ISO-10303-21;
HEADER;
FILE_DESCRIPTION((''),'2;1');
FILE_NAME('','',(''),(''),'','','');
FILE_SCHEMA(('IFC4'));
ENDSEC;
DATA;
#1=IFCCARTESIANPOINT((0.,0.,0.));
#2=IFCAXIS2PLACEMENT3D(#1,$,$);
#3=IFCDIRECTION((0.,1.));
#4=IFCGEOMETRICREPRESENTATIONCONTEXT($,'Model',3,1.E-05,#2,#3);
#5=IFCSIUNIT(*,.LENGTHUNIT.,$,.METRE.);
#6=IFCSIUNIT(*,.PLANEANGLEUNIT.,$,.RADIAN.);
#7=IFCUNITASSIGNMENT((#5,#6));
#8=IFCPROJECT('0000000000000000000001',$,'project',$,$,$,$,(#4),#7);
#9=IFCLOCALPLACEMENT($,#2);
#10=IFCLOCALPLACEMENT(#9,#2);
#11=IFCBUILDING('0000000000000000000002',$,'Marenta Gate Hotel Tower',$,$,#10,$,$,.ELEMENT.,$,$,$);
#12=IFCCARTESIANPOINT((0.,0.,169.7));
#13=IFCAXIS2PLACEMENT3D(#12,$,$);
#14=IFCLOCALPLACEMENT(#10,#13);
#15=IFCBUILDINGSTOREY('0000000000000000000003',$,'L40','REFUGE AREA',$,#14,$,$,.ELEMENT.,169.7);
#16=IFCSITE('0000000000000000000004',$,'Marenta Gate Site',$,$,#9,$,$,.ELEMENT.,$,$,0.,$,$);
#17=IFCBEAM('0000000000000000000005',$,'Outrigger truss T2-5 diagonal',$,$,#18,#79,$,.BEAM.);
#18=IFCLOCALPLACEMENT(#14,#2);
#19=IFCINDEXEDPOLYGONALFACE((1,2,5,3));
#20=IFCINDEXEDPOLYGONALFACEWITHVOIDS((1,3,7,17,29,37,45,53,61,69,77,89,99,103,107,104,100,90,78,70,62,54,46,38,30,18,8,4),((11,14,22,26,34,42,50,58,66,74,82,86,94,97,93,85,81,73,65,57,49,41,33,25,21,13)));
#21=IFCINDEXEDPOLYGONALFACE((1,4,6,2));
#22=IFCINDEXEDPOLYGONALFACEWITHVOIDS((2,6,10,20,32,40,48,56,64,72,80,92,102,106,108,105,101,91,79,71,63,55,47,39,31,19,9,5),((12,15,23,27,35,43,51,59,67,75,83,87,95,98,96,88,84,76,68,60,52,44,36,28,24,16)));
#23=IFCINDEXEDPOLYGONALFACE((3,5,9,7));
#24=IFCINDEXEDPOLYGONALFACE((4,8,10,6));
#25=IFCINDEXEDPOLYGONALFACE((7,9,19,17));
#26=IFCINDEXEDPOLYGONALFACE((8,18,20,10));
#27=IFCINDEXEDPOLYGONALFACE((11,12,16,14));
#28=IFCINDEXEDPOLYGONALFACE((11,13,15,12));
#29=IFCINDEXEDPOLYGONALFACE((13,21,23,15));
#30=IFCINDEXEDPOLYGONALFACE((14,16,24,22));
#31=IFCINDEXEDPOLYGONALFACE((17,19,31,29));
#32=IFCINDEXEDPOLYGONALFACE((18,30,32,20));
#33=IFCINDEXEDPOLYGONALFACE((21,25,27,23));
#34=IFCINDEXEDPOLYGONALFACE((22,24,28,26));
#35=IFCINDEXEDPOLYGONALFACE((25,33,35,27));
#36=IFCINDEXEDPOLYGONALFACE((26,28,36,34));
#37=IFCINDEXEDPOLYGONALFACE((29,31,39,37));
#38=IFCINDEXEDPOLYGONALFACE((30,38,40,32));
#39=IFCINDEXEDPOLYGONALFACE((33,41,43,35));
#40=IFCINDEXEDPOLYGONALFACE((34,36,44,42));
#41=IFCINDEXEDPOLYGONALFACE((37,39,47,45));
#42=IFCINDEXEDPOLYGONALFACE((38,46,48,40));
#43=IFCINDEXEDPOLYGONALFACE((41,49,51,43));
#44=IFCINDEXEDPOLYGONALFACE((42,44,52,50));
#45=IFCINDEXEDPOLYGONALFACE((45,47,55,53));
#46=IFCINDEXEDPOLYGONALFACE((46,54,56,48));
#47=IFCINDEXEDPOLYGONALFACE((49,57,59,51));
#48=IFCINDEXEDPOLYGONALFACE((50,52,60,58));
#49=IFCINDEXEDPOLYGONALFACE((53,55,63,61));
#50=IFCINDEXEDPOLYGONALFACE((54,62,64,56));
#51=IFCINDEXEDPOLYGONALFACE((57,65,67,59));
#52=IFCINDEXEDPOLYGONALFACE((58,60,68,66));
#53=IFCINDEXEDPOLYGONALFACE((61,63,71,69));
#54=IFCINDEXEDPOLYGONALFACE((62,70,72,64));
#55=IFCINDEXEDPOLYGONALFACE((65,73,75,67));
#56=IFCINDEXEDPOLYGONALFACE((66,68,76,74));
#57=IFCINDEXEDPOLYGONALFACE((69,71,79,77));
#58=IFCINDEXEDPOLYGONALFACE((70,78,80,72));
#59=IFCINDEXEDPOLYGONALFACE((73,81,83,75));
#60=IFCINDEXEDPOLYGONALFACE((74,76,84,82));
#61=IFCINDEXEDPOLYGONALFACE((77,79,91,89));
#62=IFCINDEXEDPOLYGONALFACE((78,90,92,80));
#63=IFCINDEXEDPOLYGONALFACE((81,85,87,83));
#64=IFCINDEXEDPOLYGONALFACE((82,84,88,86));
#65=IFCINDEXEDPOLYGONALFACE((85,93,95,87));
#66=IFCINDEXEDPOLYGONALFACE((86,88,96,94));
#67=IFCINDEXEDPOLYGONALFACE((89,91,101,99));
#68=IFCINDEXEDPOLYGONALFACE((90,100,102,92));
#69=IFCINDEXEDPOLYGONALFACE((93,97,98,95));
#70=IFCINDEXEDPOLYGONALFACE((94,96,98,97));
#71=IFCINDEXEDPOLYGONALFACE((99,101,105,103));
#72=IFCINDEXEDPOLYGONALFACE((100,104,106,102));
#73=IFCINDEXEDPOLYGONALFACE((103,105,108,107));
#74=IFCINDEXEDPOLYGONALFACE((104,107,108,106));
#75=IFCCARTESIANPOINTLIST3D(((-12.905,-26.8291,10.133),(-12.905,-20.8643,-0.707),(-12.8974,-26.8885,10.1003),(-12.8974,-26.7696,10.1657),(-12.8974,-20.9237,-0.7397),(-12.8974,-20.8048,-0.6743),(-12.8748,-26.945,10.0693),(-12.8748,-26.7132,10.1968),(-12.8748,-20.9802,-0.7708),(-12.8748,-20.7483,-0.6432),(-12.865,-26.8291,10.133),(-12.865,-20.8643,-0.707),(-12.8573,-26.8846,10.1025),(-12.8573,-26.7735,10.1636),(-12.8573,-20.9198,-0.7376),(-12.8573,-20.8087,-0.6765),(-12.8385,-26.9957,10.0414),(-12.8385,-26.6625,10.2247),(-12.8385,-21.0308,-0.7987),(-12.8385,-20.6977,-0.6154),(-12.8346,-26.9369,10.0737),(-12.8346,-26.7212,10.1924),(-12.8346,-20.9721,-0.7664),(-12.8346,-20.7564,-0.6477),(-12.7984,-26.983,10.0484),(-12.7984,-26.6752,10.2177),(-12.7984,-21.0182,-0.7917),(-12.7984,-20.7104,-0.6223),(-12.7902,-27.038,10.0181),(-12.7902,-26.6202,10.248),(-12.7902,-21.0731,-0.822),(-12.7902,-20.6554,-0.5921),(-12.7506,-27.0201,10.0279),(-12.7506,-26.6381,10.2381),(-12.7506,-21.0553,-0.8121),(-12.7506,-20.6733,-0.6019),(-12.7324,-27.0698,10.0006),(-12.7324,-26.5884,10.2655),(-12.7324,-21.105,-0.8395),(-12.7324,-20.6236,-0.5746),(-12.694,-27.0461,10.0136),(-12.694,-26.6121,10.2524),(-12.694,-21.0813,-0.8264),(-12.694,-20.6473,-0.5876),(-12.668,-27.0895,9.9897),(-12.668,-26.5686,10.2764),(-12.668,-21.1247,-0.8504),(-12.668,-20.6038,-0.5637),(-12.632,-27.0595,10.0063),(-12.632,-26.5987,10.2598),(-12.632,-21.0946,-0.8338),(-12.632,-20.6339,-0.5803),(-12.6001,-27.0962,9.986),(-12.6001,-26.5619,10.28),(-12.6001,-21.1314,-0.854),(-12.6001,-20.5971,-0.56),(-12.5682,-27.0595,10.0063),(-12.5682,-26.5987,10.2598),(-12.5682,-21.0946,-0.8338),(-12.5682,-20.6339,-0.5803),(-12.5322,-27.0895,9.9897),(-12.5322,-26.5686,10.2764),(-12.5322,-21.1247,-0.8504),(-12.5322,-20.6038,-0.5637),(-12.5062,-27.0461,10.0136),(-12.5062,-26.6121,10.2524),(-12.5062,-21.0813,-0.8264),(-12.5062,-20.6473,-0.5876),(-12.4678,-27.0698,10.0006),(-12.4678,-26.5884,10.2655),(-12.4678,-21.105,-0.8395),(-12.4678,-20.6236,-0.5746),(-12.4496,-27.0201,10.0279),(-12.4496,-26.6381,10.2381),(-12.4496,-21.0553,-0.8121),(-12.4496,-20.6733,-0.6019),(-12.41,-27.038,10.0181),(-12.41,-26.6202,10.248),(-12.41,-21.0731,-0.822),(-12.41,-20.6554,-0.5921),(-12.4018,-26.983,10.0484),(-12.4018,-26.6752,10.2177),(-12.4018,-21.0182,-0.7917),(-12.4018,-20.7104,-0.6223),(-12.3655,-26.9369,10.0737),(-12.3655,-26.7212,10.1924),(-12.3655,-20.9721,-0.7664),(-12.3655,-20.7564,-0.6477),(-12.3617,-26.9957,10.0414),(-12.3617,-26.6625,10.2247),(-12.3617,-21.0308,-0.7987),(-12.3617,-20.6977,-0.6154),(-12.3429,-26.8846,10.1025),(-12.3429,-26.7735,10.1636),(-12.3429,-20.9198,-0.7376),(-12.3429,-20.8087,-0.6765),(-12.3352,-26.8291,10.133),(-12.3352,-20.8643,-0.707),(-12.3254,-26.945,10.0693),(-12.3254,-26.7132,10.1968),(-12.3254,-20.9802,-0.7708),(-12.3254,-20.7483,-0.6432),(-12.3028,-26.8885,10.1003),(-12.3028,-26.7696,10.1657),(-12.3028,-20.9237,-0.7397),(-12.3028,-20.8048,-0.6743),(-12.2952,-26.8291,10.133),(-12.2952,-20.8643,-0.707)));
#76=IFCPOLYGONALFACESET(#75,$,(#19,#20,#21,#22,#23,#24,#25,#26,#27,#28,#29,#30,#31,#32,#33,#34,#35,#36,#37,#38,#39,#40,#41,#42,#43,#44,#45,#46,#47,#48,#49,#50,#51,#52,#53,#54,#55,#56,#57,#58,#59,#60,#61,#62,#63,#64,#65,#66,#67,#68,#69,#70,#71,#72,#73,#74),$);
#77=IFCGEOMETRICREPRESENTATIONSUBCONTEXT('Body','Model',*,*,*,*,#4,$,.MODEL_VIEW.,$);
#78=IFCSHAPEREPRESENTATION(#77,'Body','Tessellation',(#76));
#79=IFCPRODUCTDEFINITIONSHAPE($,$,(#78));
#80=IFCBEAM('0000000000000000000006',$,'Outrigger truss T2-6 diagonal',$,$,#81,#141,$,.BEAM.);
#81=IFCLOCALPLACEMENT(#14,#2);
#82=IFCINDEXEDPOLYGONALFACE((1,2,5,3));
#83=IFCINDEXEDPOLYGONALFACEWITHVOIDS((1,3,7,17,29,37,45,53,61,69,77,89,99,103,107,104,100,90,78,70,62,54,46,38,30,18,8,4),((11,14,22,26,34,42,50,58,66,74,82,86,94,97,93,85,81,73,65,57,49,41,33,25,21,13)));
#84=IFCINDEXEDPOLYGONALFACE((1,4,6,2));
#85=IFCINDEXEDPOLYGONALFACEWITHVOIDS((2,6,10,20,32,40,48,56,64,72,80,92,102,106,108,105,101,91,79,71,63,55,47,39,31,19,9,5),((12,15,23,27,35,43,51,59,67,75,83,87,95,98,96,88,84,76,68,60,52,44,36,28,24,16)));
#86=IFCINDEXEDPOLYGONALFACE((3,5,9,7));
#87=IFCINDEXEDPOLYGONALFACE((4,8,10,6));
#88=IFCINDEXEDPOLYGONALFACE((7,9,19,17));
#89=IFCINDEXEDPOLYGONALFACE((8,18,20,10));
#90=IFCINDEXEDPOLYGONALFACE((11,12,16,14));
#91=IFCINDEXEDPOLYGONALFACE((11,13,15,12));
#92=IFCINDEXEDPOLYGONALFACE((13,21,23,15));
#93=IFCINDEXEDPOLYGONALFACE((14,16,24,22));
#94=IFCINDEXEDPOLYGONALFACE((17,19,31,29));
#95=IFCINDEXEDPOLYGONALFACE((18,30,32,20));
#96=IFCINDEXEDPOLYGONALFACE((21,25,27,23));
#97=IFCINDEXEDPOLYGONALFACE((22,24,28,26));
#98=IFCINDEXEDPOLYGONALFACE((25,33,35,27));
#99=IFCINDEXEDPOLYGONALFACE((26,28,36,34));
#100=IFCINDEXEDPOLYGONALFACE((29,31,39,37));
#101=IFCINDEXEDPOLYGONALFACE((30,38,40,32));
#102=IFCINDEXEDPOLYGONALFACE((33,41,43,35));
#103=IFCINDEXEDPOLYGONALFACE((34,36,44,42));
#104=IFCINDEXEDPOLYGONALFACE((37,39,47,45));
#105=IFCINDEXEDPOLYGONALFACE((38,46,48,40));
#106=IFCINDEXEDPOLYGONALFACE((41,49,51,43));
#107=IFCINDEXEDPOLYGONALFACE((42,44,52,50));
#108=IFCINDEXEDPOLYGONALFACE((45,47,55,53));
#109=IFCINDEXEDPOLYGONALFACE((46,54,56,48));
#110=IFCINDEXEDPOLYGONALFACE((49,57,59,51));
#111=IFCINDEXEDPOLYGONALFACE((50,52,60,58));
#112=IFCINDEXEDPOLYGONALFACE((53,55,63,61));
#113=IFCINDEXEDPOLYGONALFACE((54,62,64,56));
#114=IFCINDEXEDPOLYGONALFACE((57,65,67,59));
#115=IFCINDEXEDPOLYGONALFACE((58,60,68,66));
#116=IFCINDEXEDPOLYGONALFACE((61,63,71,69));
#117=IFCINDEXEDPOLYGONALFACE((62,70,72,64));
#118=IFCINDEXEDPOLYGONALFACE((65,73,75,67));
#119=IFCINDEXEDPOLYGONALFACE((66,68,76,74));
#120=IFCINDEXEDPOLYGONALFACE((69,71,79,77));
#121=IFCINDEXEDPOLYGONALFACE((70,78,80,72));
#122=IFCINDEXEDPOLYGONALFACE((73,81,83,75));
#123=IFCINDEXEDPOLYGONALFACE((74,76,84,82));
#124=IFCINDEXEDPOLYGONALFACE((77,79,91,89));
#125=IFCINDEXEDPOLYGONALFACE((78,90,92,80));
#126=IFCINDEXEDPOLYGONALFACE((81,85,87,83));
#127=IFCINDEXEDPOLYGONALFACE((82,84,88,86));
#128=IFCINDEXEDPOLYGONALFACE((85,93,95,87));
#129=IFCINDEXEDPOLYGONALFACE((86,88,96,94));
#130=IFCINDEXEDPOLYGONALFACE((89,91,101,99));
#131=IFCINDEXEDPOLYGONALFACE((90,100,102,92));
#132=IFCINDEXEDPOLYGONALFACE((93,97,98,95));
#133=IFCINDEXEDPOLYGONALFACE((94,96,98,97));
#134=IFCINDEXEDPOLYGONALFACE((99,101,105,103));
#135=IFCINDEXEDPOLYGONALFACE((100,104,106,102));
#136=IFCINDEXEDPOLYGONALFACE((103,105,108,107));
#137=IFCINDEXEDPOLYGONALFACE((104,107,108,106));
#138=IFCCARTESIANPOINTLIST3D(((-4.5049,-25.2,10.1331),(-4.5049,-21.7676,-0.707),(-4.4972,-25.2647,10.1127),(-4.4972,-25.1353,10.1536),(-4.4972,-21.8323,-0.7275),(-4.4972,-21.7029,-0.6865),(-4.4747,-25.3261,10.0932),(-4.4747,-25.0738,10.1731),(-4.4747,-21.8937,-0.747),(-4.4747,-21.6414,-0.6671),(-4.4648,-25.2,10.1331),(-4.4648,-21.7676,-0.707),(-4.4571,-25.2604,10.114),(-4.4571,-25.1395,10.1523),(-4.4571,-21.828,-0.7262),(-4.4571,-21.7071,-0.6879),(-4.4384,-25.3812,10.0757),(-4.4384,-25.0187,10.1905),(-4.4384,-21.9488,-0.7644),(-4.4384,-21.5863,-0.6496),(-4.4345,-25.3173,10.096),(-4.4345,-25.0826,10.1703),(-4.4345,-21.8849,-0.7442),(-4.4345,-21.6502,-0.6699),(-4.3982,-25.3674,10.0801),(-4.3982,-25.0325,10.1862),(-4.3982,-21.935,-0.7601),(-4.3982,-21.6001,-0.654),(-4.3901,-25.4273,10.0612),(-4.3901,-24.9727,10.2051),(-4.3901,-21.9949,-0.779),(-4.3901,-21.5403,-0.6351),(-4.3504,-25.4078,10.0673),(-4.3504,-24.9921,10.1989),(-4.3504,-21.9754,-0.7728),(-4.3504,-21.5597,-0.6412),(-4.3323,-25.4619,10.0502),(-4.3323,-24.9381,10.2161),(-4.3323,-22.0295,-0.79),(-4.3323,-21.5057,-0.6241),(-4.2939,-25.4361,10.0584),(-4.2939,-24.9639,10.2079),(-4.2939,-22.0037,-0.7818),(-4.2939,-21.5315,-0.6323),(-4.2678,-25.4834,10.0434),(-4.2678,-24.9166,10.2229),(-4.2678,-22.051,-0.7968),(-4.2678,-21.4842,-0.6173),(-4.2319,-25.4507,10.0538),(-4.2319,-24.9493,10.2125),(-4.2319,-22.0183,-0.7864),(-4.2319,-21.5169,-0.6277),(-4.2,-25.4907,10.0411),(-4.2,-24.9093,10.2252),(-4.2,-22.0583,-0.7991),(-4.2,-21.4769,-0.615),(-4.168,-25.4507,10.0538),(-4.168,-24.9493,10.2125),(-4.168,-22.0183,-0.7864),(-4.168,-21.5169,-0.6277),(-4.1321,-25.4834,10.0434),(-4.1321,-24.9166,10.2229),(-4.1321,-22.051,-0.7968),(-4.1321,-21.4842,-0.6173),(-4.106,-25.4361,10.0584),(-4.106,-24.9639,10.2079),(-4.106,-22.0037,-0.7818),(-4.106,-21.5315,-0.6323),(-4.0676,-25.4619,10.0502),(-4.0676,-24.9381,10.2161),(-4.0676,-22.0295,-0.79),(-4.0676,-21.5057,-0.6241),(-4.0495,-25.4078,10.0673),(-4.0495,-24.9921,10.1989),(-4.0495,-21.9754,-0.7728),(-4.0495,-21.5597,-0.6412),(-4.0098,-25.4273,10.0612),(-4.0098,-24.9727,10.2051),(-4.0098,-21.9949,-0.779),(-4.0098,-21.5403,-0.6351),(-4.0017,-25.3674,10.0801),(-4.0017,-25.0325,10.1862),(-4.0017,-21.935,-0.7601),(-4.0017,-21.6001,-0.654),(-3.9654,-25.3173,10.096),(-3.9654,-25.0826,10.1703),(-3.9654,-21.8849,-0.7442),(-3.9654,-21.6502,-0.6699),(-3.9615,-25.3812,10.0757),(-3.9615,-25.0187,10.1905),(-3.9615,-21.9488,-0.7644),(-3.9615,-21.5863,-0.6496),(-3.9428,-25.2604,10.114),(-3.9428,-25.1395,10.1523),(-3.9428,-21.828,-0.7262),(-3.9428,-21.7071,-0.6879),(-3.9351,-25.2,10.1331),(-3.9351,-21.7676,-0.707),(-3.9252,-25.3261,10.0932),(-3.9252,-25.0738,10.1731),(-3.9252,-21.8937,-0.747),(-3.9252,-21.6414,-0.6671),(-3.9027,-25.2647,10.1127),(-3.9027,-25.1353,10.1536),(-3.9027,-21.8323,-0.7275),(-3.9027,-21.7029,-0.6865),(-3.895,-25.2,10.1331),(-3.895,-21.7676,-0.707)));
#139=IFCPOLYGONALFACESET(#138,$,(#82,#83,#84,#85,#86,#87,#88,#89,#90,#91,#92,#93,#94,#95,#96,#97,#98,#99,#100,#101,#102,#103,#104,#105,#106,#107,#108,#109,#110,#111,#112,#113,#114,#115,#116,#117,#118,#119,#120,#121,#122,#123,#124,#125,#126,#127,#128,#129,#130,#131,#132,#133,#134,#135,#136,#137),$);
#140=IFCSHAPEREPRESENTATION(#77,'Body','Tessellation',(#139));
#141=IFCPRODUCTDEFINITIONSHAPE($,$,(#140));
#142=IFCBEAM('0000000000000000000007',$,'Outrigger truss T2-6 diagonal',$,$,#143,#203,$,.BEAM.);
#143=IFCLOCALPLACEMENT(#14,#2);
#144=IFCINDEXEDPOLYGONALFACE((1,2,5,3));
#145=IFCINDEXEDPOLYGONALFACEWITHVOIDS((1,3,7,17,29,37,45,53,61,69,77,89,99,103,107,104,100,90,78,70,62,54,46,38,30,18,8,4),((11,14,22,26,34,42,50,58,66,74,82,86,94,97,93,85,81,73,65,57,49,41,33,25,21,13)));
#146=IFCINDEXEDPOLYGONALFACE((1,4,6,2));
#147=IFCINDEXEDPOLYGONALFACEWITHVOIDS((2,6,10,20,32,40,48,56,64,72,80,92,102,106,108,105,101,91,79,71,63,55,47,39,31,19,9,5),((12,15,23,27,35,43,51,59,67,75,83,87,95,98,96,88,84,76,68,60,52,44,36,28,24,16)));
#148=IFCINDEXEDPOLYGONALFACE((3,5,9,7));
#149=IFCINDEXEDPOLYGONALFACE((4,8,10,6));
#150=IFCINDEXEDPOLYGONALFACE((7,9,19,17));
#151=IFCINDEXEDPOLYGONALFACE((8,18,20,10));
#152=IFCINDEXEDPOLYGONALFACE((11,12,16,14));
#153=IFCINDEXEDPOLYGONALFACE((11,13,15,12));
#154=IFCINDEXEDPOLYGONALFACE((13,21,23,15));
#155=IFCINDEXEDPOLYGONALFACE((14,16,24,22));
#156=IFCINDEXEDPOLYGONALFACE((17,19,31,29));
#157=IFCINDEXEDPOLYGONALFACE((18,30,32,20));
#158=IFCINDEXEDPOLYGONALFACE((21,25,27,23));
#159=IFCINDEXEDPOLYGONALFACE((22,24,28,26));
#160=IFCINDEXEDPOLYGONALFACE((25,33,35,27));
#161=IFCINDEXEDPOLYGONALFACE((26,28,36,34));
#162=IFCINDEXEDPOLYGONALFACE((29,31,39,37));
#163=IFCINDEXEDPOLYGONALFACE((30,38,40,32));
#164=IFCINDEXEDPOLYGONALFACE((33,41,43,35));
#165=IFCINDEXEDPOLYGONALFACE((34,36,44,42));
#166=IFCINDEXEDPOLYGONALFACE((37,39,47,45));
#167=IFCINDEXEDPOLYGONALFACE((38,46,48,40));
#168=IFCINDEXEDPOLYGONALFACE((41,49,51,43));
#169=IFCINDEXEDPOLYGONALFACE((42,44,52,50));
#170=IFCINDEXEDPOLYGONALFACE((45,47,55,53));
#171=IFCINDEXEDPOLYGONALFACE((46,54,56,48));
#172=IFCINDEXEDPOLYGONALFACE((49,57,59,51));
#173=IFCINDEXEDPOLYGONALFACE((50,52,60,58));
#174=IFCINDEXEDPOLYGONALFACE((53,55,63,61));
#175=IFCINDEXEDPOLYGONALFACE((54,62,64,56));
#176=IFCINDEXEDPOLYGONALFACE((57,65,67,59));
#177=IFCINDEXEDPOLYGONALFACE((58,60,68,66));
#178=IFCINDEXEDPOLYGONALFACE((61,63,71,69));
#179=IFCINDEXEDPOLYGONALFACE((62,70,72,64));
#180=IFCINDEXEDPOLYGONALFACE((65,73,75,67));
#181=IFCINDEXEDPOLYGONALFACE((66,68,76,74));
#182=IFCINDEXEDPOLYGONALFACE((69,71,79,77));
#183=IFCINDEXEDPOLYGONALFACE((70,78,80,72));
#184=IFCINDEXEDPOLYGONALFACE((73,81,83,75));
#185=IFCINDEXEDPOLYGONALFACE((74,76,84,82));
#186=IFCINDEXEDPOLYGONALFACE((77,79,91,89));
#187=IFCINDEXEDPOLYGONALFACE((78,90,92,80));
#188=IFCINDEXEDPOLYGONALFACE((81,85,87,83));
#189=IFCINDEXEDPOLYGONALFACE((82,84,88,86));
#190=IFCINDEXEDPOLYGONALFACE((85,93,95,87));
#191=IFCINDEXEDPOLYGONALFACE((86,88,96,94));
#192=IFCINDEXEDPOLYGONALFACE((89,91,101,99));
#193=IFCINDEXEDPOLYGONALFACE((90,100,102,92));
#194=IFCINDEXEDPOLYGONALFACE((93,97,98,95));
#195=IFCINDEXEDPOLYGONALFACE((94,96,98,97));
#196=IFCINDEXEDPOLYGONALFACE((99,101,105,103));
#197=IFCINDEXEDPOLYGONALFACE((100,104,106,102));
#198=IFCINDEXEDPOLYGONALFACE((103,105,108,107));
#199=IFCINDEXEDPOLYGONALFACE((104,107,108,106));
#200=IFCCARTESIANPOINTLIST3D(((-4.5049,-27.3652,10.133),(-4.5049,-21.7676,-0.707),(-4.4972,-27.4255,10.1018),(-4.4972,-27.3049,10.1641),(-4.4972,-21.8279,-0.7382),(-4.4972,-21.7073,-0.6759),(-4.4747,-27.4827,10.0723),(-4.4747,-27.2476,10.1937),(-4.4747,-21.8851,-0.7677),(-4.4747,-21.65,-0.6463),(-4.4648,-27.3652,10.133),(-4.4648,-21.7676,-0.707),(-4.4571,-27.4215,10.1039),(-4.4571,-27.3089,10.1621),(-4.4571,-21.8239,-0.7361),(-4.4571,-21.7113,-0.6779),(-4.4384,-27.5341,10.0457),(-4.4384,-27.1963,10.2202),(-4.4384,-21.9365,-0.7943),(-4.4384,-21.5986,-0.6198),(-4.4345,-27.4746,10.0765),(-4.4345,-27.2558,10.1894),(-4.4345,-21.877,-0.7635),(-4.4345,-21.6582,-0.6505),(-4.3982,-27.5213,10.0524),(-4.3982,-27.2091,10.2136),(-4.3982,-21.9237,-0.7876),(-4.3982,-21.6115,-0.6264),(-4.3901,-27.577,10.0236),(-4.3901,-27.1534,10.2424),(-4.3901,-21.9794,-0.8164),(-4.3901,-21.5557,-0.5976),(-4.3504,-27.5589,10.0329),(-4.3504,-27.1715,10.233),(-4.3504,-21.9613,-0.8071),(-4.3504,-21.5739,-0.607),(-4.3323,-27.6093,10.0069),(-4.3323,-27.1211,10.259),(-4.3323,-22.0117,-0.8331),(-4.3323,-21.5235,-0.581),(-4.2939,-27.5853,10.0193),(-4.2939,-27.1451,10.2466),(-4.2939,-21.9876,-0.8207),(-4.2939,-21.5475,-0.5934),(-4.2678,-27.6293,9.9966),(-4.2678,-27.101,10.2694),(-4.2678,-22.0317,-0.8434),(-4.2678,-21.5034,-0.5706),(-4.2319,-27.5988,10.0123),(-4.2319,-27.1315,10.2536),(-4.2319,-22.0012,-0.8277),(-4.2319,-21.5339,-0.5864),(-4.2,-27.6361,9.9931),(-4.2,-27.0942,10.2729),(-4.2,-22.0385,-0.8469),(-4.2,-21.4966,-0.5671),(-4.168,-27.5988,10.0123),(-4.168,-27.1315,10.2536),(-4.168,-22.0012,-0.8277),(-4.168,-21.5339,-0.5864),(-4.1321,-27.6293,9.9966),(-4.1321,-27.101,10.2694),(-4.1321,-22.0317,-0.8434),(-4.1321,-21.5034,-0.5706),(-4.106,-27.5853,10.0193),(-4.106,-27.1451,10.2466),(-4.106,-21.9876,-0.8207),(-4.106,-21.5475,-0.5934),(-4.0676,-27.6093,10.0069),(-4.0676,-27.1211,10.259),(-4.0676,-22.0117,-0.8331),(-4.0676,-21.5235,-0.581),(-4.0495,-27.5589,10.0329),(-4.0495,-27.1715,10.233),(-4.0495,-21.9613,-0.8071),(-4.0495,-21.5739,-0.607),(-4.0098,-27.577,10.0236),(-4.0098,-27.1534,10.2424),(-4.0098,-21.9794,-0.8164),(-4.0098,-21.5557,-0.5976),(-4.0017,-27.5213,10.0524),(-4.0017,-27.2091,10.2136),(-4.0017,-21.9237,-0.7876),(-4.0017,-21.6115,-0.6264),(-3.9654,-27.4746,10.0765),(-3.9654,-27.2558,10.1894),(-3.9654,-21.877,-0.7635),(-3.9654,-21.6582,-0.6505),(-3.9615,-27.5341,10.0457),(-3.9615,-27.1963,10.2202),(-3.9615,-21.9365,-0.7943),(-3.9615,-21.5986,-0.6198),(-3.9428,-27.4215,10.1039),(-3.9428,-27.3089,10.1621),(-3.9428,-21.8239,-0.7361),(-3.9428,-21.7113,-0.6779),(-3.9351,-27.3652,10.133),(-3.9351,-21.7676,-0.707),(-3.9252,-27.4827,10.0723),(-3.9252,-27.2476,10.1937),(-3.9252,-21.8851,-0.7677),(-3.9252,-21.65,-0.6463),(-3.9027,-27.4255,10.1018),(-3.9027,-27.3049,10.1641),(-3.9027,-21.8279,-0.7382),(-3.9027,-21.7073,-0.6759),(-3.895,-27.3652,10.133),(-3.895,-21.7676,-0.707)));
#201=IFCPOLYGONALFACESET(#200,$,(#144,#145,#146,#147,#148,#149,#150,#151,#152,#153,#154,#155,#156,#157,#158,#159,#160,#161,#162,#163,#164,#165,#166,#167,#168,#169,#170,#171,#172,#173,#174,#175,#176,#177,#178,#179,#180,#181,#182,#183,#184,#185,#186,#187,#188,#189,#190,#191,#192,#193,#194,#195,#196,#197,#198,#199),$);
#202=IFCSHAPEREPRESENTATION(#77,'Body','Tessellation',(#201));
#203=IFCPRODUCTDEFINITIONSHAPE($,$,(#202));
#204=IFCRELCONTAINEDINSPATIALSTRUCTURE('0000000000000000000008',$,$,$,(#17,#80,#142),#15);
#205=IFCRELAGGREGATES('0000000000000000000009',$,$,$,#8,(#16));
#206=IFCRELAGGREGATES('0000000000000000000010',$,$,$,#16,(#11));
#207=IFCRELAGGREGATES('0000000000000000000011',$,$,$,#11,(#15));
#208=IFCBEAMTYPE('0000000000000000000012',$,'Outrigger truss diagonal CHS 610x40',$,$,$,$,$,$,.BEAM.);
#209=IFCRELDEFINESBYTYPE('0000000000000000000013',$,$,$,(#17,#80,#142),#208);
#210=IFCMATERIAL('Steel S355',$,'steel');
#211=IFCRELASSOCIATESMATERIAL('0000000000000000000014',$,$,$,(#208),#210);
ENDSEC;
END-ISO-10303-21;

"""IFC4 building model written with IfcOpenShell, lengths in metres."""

from ifc_helpers import new_model, si_unit, direction, frame, origin, origin_2d, place, context, subcontext, project, spatial, hollow_circle, extrude, material, material_profile, profile_set, type_object, element, save


model = new_model("IFC4")

# Units and contexts
model_context = context("Model", 3, precision=1e-05, world=origin(), true_north=direction((0.0, 1.0)))
body_context = subcontext(model_context, "Body", "Model", "MODEL_VIEW")
ifc_project = project(units=[si_unit("LENGTHUNIT", "METRE"), si_unit("PLANEANGLEUNIT", "RADIAN")], contexts=[model_context])

# Site, building, storey
site_placement = place(None, origin())
site = spatial("IfcSite", under=ifc_project, at=site_placement, Name="Marenta Gate Site", CompositionType="ELEMENT", RefElevation=0.0)
building_placement = place(site_placement, origin())
building = spatial("IfcBuilding", under=site, at=building_placement, Name="Marenta Gate Hotel Tower", CompositionType="ELEMENT")
storey_placement = place(building_placement, frame((0.0, 0.0, 169.7)))
storey = spatial("IfcBuildingStorey", under=building, at=storey_placement, Name="L40", Description="REFUGE AREA", CompositionType="ELEMENT", Elevation=169.7)

# Beams
ifc_material_1 = material(Name="Steel S355", Category="steel")
ifc_material_profile_1 = material_profile(ifc_material_1, hollow_circle(Radius=0.3049, WallThickness=0.04, at=origin_2d()), Name="CHS 610x40")
ifc_profile_set_1 = profile_set([ifc_material_profile_1], Name="Steel S355")
beam_type_1 = type_object("IfcBeamType", Name="Outrigger truss diagonal CHS 610x40", PredefinedType="BEAM", material=ifc_profile_set_1)
beam_1_placement = place(storey_placement, frame((-12.6001, -20.8643, -0.707), z_axis=(0.0, -0.482092, 0.87612), x_axis=(1.0, 0.0, 0.0)))
element("IfcBeam", 1, at=beam_1_placement, inside=storey, type_object=beam_type_1, Name="Outrigger truss T2-5 diagonal", PredefinedType="BEAM", context=body_context, shape_type="SweptSolid", body=[
    extrude(hollow_circle(Radius=0.3049, WallThickness=0.04, at=origin_2d()), origin(), (0.0, 0.0, 1.0), 12.3728),
])
beam_2_placement = place(storey_placement, frame((-4.2, -21.7676, -0.707), z_axis=(0.0, -0.301866, 0.95335), x_axis=(1.0, 0.0, 0.0)))
element("IfcBeam", 2, at=beam_2_placement, inside=storey, type_object=beam_type_1, Name="Outrigger truss T2-6 diagonal", PredefinedType="BEAM", context=body_context, shape_type="SweptSolid", body=[
    extrude(hollow_circle(Radius=0.3049, WallThickness=0.04, at=origin_2d()), origin(), (0.0, 0.0, 1.0), 11.3706),
])
beam_3_placement = place(storey_placement, frame((-4.2, -21.7676, -0.707), z_axis=(0.0, -0.458822, 0.888528), x_axis=(1.0, 0.0, 0.0)))
element("IfcBeam", 3, at=beam_3_placement, inside=storey, type_object=beam_type_1, Name="Outrigger truss T2-6 diagonal", PredefinedType="BEAM", context=body_context, shape_type="SweptSolid", body=[
    extrude(hollow_circle(Radius=0.3049, WallThickness=0.04, at=origin_2d()), origin(), (0.0, 0.0, 1.0), 12.2),
])

save(model, "model.ifc")
